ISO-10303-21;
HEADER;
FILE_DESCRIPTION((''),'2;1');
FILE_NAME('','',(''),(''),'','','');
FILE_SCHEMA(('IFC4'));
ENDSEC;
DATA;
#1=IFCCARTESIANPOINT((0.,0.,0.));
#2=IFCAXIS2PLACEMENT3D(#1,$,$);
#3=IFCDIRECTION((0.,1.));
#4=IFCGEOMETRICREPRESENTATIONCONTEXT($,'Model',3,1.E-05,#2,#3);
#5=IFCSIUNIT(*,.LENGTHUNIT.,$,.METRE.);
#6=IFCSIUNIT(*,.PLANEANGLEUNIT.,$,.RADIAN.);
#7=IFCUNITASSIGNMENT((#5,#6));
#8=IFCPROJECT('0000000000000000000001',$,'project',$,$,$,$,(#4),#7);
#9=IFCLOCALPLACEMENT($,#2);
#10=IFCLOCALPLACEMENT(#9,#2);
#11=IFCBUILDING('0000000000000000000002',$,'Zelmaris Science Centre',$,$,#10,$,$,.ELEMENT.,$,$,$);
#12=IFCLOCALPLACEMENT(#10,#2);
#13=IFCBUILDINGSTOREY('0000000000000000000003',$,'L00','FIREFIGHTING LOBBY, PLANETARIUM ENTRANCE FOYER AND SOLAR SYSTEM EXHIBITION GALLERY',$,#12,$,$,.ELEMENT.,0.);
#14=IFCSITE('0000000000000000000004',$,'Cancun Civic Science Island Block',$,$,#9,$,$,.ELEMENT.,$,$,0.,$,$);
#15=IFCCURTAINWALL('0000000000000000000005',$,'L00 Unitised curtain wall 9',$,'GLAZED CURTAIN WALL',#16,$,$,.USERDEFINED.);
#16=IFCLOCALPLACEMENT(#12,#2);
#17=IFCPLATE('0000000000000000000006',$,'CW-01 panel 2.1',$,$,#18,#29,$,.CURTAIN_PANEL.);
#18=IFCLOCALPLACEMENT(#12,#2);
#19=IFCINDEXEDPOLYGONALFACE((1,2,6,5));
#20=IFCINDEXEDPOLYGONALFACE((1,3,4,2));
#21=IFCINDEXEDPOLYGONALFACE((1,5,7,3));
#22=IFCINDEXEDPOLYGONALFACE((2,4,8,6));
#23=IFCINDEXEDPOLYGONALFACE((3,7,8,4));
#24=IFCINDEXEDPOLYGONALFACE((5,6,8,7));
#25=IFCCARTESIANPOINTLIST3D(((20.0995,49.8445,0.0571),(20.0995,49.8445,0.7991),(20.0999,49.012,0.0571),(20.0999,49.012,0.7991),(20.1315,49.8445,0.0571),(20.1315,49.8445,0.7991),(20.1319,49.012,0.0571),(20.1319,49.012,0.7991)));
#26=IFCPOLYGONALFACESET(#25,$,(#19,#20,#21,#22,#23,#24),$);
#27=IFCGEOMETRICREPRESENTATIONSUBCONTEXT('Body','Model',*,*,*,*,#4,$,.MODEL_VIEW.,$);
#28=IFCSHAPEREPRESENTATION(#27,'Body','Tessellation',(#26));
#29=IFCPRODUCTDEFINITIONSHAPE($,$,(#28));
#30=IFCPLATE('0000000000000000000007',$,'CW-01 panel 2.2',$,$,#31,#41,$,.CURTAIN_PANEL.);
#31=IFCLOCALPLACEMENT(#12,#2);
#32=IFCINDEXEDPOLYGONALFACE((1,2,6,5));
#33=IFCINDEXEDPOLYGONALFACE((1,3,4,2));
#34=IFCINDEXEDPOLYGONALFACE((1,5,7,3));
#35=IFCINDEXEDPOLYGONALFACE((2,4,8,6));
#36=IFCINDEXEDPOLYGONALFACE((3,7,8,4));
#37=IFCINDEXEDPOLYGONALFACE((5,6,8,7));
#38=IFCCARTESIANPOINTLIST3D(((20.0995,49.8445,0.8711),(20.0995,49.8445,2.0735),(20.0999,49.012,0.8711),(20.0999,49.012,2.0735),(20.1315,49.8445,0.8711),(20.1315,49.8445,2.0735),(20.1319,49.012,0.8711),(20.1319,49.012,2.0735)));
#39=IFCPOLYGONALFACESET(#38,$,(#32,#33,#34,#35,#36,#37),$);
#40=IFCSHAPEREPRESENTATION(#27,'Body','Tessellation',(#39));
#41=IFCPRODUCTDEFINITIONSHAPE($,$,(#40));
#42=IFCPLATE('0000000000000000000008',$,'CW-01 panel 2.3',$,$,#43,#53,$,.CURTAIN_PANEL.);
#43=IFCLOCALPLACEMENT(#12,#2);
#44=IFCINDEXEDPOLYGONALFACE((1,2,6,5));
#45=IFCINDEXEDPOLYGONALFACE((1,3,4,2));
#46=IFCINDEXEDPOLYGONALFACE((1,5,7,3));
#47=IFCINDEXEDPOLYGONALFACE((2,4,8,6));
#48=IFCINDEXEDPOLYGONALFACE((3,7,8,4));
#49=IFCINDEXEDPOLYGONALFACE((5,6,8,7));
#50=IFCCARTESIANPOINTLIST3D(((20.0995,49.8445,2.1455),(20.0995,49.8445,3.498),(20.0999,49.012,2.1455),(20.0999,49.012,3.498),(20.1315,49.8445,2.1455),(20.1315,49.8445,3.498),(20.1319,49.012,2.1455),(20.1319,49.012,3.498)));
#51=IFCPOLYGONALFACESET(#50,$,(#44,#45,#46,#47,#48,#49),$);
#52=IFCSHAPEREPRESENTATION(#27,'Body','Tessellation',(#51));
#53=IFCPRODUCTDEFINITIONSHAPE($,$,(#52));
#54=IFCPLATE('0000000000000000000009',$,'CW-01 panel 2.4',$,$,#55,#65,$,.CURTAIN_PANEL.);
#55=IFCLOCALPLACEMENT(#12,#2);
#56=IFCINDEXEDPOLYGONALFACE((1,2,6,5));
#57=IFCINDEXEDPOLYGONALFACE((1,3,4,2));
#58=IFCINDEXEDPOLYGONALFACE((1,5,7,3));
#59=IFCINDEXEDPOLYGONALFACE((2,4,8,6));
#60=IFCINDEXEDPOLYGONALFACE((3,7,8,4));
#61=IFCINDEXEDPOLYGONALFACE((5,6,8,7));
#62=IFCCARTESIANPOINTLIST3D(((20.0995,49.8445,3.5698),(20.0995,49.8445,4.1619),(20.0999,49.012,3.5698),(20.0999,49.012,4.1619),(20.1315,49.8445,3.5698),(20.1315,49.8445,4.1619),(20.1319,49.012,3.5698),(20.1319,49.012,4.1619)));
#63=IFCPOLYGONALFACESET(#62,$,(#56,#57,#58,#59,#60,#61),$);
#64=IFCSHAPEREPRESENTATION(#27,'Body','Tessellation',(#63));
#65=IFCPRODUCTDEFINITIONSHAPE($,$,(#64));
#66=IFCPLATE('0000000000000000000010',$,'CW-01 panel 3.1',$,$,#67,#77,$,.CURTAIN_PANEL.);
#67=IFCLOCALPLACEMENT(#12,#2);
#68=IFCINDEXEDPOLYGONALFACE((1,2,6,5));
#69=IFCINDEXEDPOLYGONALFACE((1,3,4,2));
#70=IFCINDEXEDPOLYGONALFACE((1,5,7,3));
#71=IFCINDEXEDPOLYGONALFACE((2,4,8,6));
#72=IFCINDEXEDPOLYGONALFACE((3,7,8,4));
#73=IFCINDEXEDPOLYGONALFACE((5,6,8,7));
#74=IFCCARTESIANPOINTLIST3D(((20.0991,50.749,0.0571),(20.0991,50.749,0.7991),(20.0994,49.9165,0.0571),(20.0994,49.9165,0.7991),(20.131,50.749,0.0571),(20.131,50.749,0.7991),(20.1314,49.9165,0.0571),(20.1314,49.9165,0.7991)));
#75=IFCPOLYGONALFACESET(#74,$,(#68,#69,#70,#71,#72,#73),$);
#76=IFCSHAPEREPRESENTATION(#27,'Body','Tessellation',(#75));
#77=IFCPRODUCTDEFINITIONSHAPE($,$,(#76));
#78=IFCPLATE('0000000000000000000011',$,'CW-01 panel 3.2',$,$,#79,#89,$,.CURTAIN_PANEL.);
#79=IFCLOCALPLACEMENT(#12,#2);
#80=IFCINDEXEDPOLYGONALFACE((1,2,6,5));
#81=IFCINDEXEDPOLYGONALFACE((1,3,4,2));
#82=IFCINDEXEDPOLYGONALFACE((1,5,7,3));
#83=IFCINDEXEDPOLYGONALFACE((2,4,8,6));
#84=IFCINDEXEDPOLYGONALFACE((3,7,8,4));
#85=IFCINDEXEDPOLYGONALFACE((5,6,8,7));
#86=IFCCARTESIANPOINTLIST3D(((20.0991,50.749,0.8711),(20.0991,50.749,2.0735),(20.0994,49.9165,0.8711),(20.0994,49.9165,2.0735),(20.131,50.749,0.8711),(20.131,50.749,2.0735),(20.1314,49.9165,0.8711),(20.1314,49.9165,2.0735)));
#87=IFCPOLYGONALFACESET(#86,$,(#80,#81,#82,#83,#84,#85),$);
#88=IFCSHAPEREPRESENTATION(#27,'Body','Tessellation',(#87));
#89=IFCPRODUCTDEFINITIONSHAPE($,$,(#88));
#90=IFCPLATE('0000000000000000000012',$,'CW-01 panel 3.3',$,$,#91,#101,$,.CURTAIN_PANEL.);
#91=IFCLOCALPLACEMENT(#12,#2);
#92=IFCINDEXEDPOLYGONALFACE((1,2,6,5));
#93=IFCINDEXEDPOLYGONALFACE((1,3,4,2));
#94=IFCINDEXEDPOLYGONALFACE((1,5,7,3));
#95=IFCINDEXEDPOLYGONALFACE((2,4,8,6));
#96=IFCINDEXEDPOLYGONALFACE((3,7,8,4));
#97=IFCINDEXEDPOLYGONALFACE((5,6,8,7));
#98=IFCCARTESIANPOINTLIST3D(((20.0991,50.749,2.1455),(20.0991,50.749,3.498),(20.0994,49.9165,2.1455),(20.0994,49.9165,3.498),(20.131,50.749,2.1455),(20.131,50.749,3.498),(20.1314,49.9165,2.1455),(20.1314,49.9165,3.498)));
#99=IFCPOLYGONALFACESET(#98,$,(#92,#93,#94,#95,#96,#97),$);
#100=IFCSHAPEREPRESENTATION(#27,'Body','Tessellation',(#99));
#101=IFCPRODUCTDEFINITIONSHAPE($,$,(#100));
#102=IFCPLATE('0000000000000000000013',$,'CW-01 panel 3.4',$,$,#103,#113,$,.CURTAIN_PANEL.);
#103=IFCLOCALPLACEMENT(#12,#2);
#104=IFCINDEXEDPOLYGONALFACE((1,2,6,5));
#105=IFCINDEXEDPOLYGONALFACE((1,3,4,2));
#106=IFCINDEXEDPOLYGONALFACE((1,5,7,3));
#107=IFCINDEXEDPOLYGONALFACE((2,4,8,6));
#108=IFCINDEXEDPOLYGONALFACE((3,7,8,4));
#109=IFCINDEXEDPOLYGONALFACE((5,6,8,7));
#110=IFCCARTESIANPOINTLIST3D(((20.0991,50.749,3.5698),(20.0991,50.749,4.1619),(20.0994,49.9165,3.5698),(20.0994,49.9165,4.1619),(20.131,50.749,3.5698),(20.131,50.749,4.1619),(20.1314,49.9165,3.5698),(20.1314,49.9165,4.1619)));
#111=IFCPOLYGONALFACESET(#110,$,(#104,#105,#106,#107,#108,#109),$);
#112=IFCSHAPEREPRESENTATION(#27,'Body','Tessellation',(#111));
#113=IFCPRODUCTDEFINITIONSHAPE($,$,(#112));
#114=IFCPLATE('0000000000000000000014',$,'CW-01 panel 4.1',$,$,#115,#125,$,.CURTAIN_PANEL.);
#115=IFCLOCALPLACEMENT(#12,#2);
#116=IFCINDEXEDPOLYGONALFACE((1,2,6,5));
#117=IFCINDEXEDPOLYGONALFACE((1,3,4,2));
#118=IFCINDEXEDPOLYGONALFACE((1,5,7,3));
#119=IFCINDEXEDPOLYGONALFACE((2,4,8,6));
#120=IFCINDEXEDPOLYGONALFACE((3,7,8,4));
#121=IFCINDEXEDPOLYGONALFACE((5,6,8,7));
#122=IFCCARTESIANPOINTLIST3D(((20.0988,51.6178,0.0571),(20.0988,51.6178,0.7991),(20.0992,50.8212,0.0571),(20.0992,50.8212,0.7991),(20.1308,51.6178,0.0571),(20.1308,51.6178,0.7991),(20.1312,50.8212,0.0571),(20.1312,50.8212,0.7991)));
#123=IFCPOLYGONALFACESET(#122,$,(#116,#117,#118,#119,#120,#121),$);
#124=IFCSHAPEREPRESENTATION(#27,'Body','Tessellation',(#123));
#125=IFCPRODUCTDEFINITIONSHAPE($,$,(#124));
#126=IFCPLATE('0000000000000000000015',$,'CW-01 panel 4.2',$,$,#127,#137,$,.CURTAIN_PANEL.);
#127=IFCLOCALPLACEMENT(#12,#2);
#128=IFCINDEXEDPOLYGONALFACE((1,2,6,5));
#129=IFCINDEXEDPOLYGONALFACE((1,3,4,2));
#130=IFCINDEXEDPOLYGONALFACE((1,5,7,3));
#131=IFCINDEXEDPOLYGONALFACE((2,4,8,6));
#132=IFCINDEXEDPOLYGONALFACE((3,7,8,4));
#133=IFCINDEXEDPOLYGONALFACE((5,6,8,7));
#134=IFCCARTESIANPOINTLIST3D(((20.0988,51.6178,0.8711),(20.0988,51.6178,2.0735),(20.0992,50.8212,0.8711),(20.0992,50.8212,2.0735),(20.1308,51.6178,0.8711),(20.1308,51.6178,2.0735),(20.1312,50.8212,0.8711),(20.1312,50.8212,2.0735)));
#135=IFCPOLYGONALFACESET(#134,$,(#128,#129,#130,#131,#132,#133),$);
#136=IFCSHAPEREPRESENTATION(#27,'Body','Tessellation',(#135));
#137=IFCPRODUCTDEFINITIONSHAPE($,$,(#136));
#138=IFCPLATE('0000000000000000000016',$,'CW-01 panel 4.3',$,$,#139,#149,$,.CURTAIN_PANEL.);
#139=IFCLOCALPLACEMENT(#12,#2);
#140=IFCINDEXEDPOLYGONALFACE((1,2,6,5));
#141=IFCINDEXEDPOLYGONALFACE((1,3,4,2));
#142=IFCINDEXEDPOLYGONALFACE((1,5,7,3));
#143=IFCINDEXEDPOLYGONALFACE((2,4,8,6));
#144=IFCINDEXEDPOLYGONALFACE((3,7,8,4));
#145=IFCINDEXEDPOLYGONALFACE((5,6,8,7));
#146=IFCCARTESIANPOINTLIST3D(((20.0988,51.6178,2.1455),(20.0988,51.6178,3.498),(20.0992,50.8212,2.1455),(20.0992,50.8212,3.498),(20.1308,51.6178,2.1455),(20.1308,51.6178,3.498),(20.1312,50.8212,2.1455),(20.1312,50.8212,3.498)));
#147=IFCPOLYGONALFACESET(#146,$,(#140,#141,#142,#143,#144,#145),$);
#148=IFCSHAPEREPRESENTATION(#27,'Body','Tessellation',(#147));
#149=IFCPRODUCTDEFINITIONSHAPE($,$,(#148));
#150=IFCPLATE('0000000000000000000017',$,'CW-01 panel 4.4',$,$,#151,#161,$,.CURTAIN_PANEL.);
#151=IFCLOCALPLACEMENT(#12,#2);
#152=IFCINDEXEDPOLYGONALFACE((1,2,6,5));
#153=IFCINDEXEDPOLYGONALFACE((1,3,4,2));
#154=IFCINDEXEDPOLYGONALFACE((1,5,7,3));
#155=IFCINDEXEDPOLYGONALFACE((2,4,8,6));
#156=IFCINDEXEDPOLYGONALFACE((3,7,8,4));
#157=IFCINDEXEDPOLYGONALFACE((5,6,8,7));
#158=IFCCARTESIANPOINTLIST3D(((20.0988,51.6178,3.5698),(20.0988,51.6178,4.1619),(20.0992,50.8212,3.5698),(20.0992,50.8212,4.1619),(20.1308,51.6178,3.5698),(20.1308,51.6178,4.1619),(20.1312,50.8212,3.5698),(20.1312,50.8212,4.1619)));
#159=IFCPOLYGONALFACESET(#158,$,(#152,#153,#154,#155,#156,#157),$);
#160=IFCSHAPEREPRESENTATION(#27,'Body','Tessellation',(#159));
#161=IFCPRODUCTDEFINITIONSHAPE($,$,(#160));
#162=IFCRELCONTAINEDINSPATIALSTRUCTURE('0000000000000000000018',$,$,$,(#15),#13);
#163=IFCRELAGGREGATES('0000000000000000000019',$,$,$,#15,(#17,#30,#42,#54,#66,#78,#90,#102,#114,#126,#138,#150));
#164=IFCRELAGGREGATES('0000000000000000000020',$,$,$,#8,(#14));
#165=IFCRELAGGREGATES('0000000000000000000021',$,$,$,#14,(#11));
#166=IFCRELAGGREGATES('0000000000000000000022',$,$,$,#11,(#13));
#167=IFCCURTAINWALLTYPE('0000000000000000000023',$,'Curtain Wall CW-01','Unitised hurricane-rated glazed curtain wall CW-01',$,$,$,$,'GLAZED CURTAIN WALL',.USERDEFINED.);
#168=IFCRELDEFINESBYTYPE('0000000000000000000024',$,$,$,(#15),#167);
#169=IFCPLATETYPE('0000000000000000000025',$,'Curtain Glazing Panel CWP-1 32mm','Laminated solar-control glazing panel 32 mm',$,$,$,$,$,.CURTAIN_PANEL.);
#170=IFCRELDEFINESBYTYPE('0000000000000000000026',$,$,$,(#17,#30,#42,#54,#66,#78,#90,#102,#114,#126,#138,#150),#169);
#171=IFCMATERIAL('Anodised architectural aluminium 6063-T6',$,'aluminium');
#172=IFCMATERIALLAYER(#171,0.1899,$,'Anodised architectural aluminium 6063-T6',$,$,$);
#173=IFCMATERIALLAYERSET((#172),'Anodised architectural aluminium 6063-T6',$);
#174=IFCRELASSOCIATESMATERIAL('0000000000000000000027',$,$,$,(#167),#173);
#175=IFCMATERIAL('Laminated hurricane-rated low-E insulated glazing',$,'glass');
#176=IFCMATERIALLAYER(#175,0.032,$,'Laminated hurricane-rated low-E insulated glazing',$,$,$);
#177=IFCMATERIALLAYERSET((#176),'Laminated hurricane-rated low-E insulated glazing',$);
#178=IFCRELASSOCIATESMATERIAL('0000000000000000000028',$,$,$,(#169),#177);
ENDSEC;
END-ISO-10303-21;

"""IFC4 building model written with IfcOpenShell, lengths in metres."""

from ifc_helpers import new_model, si_unit, direction, frame, origin, origin_2d, place, context, subcontext, project, spatial, rectangle, extrude, material, layer, layer_set, type_object, element, aggregate, save


model = new_model("IFC4")

# Units and contexts
model_context = context("Model", 3, precision=1e-05, world=origin(), true_north=direction((0.0, 1.0)))
body_context = subcontext(model_context, "Body", "Model", "MODEL_VIEW")
ifc_project = project(units=[si_unit("LENGTHUNIT", "METRE"), si_unit("PLANEANGLEUNIT", "RADIAN")], contexts=[model_context])

# Site, building, storey
site_placement = place(None, origin())
site = spatial("IfcSite", under=ifc_project, at=site_placement, Name="Cancun Civic Science Island Block", CompositionType="ELEMENT", RefElevation=0.0)
building_placement = place(site_placement, origin())
building = spatial("IfcBuilding", under=site, at=building_placement, Name="Zelmaris Science Centre", CompositionType="ELEMENT")
storey_placement = place(building_placement, origin())
storey = spatial("IfcBuildingStorey", under=building, at=storey_placement, Name="L00", Description="FIREFIGHTING LOBBY, PLANETARIUM ENTRANCE FOYER AND SOLAR SYSTEM EXHIBITION GALLERY", CompositionType="ELEMENT", Elevation=0.0)

# Curtain wall, plates
ifc_material_1 = material(Name="Anodised architectural aluminium 6063-T6", Category="aluminium")
ifc_layer_1 = layer(ifc_material_1, 0.1899, Name="Anodised architectural aluminium 6063-T6")
ifc_layer_set_1 = layer_set([ifc_layer_1], Name="Anodised architectural aluminium 6063-T6")
curtain_wall_type = type_object("IfcCurtainWallType", Name="Curtain Wall CW-01", Description="Unitised hurricane-rated glazed curtain wall CW-01", ElementType="GLAZED CURTAIN WALL", PredefinedType="USERDEFINED", material=ifc_layer_set_1)
curtain_wall_placement = place(storey_placement, origin())
curtain_wall = element("IfcCurtainWall", 1, at=curtain_wall_placement, inside=storey, type_object=curtain_wall_type, Name="L00 Unitised curtain wall 9", ObjectType="GLAZED CURTAIN WALL", PredefinedType="USERDEFINED")
ifc_material_2 = material(Name="Laminated hurricane-rated low-E insulated glazing", Category="glass")
ifc_layer_2 = layer(ifc_material_2, 0.032, Name="Laminated hurricane-rated low-E insulated glazing")
ifc_layer_set_2 = layer_set([ifc_layer_2], Name="Laminated hurricane-rated low-E insulated glazing")
plate_type = type_object("IfcPlateType", Name="Curtain Glazing Panel CWP-1 32mm", Description="Laminated solar-control glazing panel 32 mm", PredefinedType="CURTAIN_PANEL", material=ifc_layer_set_2)
plate_1_placement = place(storey_placement, frame((20.1157, 49.4282, 0.0571), z_axis=(0.0, 0.0, 1.0), x_axis=(-0.000442, 1.0, 0.0)))
plate_1 = element("IfcPlate", 2, at=plate_1_placement, type_object=plate_type, Name="CW-01 panel 2.1", PredefinedType="CURTAIN_PANEL", context=body_context, shape_type="SweptSolid", body=[
    extrude(rectangle(XDim=0.8325, YDim=0.032, at=origin_2d()), origin(), (0.0, 0.0, 1.0), 0.7419),
])
plate_2_placement = place(storey_placement, frame((20.1157, 49.4282, 0.8711), z_axis=(0.0, 0.0, 1.0), x_axis=(-0.000442, 1.0, 0.0)))
plate_2 = element("IfcPlate", 3, at=plate_2_placement, type_object=plate_type, Name="CW-01 panel 2.2", PredefinedType="CURTAIN_PANEL", context=body_context, shape_type="SweptSolid", body=[
    extrude(rectangle(XDim=0.8325, YDim=0.032, at=origin_2d()), origin(), (0.0, 0.0, 1.0), 1.2024),
])
plate_3_placement = place(storey_placement, frame((20.1157, 49.4282, 2.1455), z_axis=(0.0, 0.0, 1.0), x_axis=(-0.000442, 1.0, 0.0)))
plate_3 = element("IfcPlate", 4, at=plate_3_placement, type_object=plate_type, Name="CW-01 panel 2.3", PredefinedType="CURTAIN_PANEL", context=body_context, shape_type="SweptSolid", body=[
    extrude(rectangle(XDim=0.8325, YDim=0.032, at=origin_2d()), origin(), (0.0, 0.0, 1.0), 1.3525),
])
plate_4_placement = place(storey_placement, frame((20.1157, 49.4282, 3.5698), z_axis=(0.0, 0.0, 1.0), x_axis=(-0.000442, 1.0, 0.0)))
plate_4 = element("IfcPlate", 5, at=plate_4_placement, type_object=plate_type, Name="CW-01 panel 2.4", PredefinedType="CURTAIN_PANEL", context=body_context, shape_type="SweptSolid", body=[
    extrude(rectangle(XDim=0.8325, YDim=0.032, at=origin_2d()), origin(), (0.0, 0.0, 1.0), 0.592),
])
plate_5_placement = place(storey_placement, frame((20.1152, 50.3328, 0.0571), z_axis=(0.0, 0.0, 1.0), x_axis=(-0.000442, 1.0, 0.0)))
plate_5 = element("IfcPlate", 6, at=plate_5_placement, type_object=plate_type, Name="CW-01 panel 3.1", PredefinedType="CURTAIN_PANEL", context=body_context, shape_type="SweptSolid", body=[
    extrude(rectangle(XDim=0.8325, YDim=0.032, at=origin_2d()), origin(), (0.0, 0.0, 1.0), 0.7419),
])
plate_6_placement = place(storey_placement, frame((20.1152, 50.3328, 0.8711), z_axis=(0.0, 0.0, 1.0), x_axis=(-0.000442, 1.0, 0.0)))
plate_6 = element("IfcPlate", 7, at=plate_6_placement, type_object=plate_type, Name="CW-01 panel 3.2", PredefinedType="CURTAIN_PANEL", context=body_context, shape_type="SweptSolid", body=[
    extrude(rectangle(XDim=0.8325, YDim=0.032, at=origin_2d()), origin(), (0.0, 0.0, 1.0), 1.2024),
])
plate_7_placement = place(storey_placement, frame((20.1152, 50.3328, 2.1455), z_axis=(0.0, 0.0, 1.0), x_axis=(-0.000442, 1.0, 0.0)))
plate_7 = element("IfcPlate", 8, at=plate_7_placement, type_object=plate_type, Name="CW-01 panel 3.3", PredefinedType="CURTAIN_PANEL", context=body_context, shape_type="SweptSolid", body=[
    extrude(rectangle(XDim=0.8325, YDim=0.032, at=origin_2d()), origin(), (0.0, 0.0, 1.0), 1.3525),
])
plate_8_placement = place(storey_placement, frame((20.1152, 50.3328, 3.5698), z_axis=(0.0, 0.0, 1.0), x_axis=(-0.000442, 1.0, 0.0)))
plate_8 = element("IfcPlate", 9, at=plate_8_placement, type_object=plate_type, Name="CW-01 panel 3.4", PredefinedType="CURTAIN_PANEL", context=body_context, shape_type="SweptSolid", body=[
    extrude(rectangle(XDim=0.8325, YDim=0.032, at=origin_2d()), origin(), (0.0, 0.0, 1.0), 0.592),
])
plate_9_placement = place(storey_placement, frame((20.115, 51.2195, 0.0571), z_axis=(0.0, 0.0, 1.0), x_axis=(-0.000442, 1.0, 0.0)))
plate_9 = element("IfcPlate", 10, at=plate_9_placement, type_object=plate_type, Name="CW-01 panel 4.1", PredefinedType="CURTAIN_PANEL", context=body_context, shape_type="SweptSolid", body=[
    extrude(rectangle(XDim=0.7966, YDim=0.032, at=origin_2d()), origin(), (0.0, 0.0, 1.0), 0.7419),
])
plate_10_placement = place(storey_placement, frame((20.115, 51.2195, 0.8711), z_axis=(0.0, 0.0, 1.0), x_axis=(-0.000442, 1.0, 0.0)))
plate_10 = element("IfcPlate", 11, at=plate_10_placement, type_object=plate_type, Name="CW-01 panel 4.2", PredefinedType="CURTAIN_PANEL", context=body_context, shape_type="SweptSolid", body=[
    extrude(rectangle(XDim=0.7966, YDim=0.032, at=origin_2d()), origin(), (0.0, 0.0, 1.0), 1.2024),
])
plate_11_placement = place(storey_placement, frame((20.115, 51.2195, 2.1455), z_axis=(0.0, 0.0, 1.0), x_axis=(-0.000442, 1.0, 0.0)))
plate_11 = element("IfcPlate", 12, at=plate_11_placement, type_object=plate_type, Name="CW-01 panel 4.3", PredefinedType="CURTAIN_PANEL", context=body_context, shape_type="SweptSolid", body=[
    extrude(rectangle(XDim=0.7966, YDim=0.032, at=origin_2d()), origin(), (0.0, 0.0, 1.0), 1.3525),
])
plate_12_placement = place(storey_placement, frame((20.115, 51.2195, 3.5698), z_axis=(0.0, 0.0, 1.0), x_axis=(-0.000442, 1.0, 0.0)))
plate_12 = element("IfcPlate", 13, at=plate_12_placement, type_object=plate_type, Name="CW-01 panel 4.4", PredefinedType="CURTAIN_PANEL", context=body_context, shape_type="SweptSolid", body=[
    extrude(rectangle(XDim=0.7966, YDim=0.032, at=origin_2d()), origin(), (0.0, 0.0, 1.0), 0.592),
])
aggregate(curtain_wall, [plate_1, plate_2, plate_3, plate_4, plate_5, plate_6, plate_7, plate_8, plate_9, plate_10, plate_11, plate_12])

save(model, "model.ifc")
